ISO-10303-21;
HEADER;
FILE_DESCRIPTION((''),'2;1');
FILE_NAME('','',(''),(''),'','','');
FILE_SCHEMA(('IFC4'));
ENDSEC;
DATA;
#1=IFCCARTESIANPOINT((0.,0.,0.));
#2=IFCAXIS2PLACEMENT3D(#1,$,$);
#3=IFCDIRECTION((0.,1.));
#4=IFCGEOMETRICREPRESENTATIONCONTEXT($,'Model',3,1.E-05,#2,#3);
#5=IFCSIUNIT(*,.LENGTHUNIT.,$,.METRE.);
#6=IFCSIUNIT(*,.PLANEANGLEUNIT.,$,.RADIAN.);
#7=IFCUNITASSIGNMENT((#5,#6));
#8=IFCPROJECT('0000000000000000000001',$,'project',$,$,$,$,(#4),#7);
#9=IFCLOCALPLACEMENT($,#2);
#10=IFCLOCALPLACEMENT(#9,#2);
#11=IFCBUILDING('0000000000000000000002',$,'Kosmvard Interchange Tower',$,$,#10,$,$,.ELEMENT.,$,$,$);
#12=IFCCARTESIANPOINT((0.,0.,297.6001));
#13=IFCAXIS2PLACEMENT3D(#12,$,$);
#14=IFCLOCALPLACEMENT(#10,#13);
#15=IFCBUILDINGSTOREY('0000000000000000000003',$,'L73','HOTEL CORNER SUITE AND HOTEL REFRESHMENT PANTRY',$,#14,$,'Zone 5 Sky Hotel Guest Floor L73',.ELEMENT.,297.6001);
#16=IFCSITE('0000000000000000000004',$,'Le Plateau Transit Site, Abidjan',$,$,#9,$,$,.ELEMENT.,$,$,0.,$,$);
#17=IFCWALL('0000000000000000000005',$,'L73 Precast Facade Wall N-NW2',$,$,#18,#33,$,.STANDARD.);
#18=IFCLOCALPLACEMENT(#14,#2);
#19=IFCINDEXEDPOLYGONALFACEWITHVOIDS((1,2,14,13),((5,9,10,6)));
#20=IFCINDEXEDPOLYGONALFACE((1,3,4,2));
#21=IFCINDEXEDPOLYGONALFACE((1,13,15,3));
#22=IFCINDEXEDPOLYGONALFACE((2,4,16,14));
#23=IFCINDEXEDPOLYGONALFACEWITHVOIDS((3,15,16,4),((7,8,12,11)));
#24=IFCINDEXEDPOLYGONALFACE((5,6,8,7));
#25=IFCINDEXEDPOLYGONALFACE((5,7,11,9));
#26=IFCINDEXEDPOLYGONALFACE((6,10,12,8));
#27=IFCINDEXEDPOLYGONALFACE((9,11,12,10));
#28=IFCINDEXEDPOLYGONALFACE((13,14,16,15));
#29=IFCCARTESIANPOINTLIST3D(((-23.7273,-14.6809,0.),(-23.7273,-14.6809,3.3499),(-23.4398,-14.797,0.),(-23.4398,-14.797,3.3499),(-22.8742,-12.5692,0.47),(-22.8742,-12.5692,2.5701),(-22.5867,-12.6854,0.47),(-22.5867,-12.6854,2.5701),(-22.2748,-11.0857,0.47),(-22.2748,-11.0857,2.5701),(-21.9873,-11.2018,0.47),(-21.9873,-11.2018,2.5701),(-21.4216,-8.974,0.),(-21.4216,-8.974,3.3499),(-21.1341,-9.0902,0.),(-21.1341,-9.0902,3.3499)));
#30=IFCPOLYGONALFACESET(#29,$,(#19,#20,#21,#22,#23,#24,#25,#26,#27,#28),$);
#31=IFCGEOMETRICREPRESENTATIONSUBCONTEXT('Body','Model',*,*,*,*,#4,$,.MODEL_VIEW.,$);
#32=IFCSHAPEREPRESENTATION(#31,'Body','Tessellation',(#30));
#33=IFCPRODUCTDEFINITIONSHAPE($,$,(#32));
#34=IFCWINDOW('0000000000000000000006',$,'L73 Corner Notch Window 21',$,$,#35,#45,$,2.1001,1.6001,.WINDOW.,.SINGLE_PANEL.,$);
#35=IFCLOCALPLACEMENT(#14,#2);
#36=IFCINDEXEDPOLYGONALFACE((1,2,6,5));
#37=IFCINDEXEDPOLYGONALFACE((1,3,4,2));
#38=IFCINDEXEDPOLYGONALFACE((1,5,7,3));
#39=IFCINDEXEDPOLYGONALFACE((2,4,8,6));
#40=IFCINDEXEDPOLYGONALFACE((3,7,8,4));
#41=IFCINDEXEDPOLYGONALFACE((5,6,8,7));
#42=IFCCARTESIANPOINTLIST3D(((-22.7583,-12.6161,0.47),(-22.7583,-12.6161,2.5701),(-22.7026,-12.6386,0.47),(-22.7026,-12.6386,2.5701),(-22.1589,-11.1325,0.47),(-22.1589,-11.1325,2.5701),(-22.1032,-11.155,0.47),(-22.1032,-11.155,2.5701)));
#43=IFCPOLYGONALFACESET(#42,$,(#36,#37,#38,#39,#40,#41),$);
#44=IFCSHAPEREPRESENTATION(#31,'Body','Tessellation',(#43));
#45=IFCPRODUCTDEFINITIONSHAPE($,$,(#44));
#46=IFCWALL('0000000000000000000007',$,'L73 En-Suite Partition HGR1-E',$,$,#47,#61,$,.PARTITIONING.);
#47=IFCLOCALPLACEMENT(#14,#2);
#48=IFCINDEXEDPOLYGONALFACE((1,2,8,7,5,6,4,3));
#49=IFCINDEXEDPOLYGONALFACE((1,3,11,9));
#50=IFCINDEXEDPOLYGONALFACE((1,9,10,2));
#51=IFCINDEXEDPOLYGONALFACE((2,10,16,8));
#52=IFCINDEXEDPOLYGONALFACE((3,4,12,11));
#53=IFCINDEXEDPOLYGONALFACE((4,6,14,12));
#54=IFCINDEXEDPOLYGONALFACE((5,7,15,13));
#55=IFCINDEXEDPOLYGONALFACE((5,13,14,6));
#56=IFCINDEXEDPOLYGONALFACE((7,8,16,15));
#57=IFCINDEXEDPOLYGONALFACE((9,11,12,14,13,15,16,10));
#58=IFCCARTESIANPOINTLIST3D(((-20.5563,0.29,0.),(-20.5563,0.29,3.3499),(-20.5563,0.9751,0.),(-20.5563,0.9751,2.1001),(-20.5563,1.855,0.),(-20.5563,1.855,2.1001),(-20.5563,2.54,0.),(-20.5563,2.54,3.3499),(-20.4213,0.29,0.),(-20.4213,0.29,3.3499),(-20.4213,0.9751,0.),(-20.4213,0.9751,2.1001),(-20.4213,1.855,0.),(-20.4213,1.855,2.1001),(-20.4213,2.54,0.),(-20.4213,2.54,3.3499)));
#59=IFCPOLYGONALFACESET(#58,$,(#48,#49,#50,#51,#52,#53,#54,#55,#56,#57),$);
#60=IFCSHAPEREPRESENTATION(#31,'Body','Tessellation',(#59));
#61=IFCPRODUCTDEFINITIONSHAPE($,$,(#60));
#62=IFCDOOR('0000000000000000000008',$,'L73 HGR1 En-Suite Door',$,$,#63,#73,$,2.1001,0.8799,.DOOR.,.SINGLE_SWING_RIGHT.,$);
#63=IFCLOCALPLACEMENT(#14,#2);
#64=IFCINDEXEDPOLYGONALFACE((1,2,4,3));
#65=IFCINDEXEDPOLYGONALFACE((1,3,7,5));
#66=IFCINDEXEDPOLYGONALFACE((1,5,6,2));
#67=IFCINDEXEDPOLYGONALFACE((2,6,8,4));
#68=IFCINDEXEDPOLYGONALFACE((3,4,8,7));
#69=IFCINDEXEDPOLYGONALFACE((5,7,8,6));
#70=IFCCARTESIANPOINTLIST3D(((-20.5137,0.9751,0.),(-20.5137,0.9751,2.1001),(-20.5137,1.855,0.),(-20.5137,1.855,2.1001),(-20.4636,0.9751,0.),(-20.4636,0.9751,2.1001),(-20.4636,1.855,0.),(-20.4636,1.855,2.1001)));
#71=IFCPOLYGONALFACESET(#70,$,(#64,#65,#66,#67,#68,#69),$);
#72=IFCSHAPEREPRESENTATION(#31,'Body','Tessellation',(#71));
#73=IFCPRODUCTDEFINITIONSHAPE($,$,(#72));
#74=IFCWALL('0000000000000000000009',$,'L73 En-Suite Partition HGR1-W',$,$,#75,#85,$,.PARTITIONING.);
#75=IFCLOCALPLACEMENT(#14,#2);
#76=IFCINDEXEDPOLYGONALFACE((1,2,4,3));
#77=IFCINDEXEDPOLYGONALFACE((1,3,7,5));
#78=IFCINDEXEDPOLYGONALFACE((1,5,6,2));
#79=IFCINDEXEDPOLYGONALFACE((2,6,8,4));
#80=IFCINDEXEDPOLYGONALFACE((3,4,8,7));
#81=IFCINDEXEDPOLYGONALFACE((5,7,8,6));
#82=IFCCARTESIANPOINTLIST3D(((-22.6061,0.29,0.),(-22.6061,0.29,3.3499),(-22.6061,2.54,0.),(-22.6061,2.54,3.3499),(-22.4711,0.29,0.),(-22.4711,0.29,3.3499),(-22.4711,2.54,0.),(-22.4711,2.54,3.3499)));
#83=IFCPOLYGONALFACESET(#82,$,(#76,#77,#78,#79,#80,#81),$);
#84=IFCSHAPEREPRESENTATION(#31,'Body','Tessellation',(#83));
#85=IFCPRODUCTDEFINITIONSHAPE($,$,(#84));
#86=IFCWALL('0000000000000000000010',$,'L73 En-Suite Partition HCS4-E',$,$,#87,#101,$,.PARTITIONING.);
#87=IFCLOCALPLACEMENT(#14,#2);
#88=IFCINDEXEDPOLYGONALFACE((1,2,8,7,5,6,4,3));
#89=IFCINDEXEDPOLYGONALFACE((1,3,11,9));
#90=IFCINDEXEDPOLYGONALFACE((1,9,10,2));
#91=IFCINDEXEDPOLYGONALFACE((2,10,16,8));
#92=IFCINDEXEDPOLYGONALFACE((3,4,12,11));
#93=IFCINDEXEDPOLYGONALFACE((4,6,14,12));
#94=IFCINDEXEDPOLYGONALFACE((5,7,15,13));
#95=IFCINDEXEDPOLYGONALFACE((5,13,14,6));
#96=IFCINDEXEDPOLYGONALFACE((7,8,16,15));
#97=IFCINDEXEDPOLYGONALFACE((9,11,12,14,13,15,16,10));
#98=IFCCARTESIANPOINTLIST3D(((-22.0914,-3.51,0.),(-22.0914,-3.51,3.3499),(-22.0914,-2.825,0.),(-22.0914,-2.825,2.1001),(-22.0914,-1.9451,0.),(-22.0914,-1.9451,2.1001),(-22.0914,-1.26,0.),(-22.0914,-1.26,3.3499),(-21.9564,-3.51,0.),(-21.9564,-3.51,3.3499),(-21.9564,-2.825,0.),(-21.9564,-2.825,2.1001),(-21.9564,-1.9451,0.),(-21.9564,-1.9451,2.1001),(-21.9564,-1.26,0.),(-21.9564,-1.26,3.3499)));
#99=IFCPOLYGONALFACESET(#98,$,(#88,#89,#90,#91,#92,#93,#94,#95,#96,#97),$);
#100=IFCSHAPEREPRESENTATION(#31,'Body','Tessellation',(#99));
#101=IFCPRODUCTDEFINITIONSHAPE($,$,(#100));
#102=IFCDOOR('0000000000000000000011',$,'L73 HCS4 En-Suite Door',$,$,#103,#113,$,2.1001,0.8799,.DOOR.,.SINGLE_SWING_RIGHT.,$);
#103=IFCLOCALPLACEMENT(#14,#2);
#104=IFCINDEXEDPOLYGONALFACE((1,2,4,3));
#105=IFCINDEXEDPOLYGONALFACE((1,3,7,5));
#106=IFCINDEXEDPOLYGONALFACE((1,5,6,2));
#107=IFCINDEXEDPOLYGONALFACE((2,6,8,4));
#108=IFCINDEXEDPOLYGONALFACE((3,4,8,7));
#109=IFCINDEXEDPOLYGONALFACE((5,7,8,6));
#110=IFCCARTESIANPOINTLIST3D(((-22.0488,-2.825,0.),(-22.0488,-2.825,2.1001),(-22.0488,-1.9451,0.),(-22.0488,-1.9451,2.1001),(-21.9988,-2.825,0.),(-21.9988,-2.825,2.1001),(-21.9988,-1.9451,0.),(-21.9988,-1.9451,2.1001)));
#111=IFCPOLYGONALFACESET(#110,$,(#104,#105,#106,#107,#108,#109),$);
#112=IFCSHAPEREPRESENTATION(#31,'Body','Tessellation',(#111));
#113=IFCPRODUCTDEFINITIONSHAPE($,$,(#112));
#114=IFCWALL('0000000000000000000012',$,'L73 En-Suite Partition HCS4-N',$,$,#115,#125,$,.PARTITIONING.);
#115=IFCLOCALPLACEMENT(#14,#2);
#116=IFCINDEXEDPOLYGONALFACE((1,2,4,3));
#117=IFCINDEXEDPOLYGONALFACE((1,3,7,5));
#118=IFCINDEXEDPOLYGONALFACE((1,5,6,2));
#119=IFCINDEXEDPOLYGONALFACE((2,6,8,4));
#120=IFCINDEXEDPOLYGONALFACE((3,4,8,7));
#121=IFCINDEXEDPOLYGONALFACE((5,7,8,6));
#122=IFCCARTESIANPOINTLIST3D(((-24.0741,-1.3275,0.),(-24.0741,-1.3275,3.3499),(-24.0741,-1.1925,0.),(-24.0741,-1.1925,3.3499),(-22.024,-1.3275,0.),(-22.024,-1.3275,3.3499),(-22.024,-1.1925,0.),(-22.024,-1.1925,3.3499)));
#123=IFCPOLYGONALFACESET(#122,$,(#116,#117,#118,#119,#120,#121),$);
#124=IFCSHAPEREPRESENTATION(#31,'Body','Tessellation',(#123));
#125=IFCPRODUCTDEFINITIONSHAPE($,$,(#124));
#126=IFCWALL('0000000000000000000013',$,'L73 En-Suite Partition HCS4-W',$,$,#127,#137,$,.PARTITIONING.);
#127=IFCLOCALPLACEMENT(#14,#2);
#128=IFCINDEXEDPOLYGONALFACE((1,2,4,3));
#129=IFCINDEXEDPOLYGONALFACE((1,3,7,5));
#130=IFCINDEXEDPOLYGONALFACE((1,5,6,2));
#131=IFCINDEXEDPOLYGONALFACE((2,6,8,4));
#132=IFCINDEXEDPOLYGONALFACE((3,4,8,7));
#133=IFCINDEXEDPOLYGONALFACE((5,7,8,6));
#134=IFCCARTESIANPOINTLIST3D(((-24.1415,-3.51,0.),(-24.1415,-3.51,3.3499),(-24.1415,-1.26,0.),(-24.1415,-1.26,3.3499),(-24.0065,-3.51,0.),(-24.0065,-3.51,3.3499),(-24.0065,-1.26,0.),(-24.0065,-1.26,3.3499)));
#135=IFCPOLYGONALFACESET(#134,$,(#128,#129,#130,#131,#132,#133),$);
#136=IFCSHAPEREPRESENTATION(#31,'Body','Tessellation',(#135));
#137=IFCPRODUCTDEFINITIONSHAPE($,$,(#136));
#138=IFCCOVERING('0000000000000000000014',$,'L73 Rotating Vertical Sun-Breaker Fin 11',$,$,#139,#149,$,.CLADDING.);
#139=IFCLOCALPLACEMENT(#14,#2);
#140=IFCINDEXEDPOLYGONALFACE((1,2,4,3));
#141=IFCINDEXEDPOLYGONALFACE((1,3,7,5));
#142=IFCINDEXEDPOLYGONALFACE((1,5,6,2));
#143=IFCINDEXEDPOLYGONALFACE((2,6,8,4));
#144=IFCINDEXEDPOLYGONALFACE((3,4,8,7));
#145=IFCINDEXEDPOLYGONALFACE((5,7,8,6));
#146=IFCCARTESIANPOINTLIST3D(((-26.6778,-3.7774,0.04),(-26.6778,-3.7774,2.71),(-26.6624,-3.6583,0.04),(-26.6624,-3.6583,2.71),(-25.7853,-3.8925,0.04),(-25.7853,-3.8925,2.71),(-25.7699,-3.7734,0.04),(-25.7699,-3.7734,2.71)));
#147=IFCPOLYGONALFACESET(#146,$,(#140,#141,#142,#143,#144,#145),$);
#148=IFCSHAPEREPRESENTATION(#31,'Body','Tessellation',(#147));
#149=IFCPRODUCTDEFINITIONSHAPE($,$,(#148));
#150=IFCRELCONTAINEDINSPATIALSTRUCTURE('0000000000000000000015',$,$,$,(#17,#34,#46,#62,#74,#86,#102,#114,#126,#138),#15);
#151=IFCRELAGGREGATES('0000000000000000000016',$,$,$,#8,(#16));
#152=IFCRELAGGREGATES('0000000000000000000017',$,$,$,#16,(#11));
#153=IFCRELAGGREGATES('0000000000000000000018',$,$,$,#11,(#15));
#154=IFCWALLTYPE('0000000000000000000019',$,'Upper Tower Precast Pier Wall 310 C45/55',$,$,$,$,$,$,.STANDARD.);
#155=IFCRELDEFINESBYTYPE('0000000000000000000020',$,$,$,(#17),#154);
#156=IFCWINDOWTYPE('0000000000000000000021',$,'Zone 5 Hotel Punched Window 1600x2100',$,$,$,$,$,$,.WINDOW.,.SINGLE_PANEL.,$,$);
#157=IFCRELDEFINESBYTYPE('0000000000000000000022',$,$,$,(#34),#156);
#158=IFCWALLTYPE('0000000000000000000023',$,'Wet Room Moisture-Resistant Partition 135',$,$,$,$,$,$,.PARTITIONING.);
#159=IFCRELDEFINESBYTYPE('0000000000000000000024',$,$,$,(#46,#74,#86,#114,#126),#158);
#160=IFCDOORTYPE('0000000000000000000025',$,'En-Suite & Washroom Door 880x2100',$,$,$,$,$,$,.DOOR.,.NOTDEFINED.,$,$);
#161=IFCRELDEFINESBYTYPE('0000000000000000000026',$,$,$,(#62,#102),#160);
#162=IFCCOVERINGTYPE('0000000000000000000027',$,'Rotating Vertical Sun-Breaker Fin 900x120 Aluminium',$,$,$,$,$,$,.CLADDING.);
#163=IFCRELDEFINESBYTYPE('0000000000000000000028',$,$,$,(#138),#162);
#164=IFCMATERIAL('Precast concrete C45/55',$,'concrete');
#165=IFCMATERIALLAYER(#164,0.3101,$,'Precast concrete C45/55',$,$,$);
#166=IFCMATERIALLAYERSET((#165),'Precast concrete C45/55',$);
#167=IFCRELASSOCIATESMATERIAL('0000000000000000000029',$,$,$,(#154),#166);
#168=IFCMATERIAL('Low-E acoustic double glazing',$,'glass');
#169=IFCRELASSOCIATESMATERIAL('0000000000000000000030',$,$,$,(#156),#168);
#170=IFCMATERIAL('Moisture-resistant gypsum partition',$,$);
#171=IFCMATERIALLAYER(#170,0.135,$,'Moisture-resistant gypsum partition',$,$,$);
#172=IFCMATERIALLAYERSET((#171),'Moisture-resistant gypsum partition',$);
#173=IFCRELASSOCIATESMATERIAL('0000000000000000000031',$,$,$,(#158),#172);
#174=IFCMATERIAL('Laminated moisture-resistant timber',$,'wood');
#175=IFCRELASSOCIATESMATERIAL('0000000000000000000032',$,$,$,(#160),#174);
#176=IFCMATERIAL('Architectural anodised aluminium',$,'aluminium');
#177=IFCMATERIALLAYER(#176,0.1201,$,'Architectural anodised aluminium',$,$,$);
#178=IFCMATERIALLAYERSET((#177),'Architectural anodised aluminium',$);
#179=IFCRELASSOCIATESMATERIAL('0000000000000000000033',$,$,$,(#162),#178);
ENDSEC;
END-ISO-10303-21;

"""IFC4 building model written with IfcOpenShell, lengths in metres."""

from ifc_helpers import new_model, si_unit, direction, frame, frame_2d, origin, origin_2d, place, context, subcontext, project, spatial, rectangle, extrude, source, transform, mapped, material, layer, layer_set, type_object, element, fill, save


model = new_model("IFC4")

# Units and contexts
model_context = context("Model", 3, precision=1e-05, world=origin(), true_north=direction((0.0, 1.0)))
body_context = subcontext(model_context, "Body", "Model", "MODEL_VIEW")
ifc_project = project(units=[si_unit("LENGTHUNIT", "METRE"), si_unit("PLANEANGLEUNIT", "RADIAN")], contexts=[model_context])

# Site, building, storey
site_placement = place(None, origin())
site = spatial("IfcSite", under=ifc_project, at=site_placement, Name="Le Plateau Transit Site, Abidjan", CompositionType="ELEMENT", RefElevation=0.0)
building_placement = place(site_placement, origin())
building = spatial("IfcBuilding", under=site, at=building_placement, Name="Kosmvard Interchange Tower", CompositionType="ELEMENT")
storey_placement = place(building_placement, frame((0.0, 0.0, 297.6001)))
storey = spatial("IfcBuildingStorey", under=building, at=storey_placement, Name="L73", Description="HOTEL CORNER SUITE AND HOTEL REFRESHMENT PANTRY", LongName="Zone 5 Sky Hotel Guest Floor L73", CompositionType="ELEMENT", Elevation=297.6001)

# Shared definitions
ifc_material_1 = material(Name="Precast concrete C45/55", Category="concrete")

# Shared definitions
ifc_layer_1 = layer(ifc_material_1, 0.3101, Name="Precast concrete C45/55")
ifc_layer_set_1 = layer_set([ifc_layer_1], Name="Precast concrete C45/55")
wall_type_1 = type_object("IfcWallType", Name="Upper Tower Precast Pier Wall 310 C45/55", PredefinedType="STANDARD", material=ifc_layer_set_1)

# Wall, opening, window
wall_1_placement = place(storey_placement, frame((-21.2778, -9.032, 0.0), z_axis=(0.0, 0.0, 1.0), x_axis=(-0.374603, -0.927185, 0.0)))
wall_1 = element("IfcWall", 1, at=wall_1_placement, inside=storey, type_object=wall_type_1, Name="L73 Precast Facade Wall N-NW2", PredefinedType="STANDARD", context=body_context, shape_type="SweptSolid", body=[
    extrude(rectangle(XDim=6.155, YDim=0.3101, at=frame_2d((3.0776, 0.0))), origin(), (0.0, 0.0, 1.0), 3.3499),
])
opening_1_placement = place(wall_1_placement, frame((2.2776, 0.0, 0.47)))
opening_1 = element("IfcOpeningElement", 2, at=opening_1_placement, cuts=wall_1, PredefinedType="OPENING", context=body_context, shape_type="SweptSolid", body=[
    extrude(rectangle(XDim=1.6001, YDim=2.1001, at=frame_2d((0.8, 1.05))), frame((0.0, 0.165, 0.0), z_axis=(0.0, -1.0, 0.0), x_axis=(1.0, 0.0, 0.0)), (0.0, 0.0, 1.0), 0.3301),
])
ifc_material_2 = material(Name="Low-E acoustic double glazing", Category="glass")
window_type = type_object("IfcWindowType", Name="Zone 5 Hotel Punched Window 1600x2100", PartitioningType="SINGLE_PANEL", PredefinedType="WINDOW", material=ifc_material_2)
shared_shape_1 = source(origin(), body_context, "Body", "SweptSolid", [
    extrude(rectangle(XDim=1.6001, YDim=2.1001, at=frame_2d((0.8, 1.05))), frame((0.0, 0.03, 0.0), z_axis=(0.0, -1.0, 0.0), x_axis=(1.0, 0.0, 0.0)), (0.0, 0.0, 1.0), 0.0601),
])
window_placement = place(opening_1_placement, origin())
window = element("IfcWindow", 3, at=window_placement, inside=storey, type_object=window_type, Name="L73 Corner Notch Window 21", OverallHeight=2.1001, OverallWidth=1.6001, PartitioningType="SINGLE_PANEL", PredefinedType="WINDOW", context=body_context, shape_type="MappedRepresentation", body=[
    mapped(shared_shape_1, transform((0.0, 0.0, 0.0), scale=1.0)),
])
fill(opening_1, window)

# Wall, opening, door
ifc_material_3 = material(Name="Moisture-resistant gypsum partition")
ifc_layer_2 = layer(ifc_material_3, 0.135, Name="Moisture-resistant gypsum partition")
ifc_layer_set_2 = layer_set([ifc_layer_2], Name="Moisture-resistant gypsum partition")
wall_type_2 = type_object("IfcWallType", Name="Wet Room Moisture-Resistant Partition 135", PredefinedType="PARTITIONING", material=ifc_layer_set_2)
wall_2_placement = place(storey_placement, frame((-20.4888, 0.29, 0.0), z_axis=(0.0, 0.0, 1.0), x_axis=(0.0, 1.0, 0.0)))
wall_2 = element("IfcWall", 4, at=wall_2_placement, inside=storey, type_object=wall_type_2, Name="L73 En-Suite Partition HGR1-E", PredefinedType="PARTITIONING", context=body_context, shape_type="SweptSolid", body=[
    extrude(rectangle(XDim=2.25, YDim=0.135, at=frame_2d((1.125, 0.0))), origin(), (0.0, 0.0, 1.0), 3.3499),
])
opening_2_placement = place(wall_2_placement, frame((0.6851, 0.0, 0.0)))
opening_2 = element("IfcOpeningElement", 5, at=opening_2_placement, cuts=wall_2, PredefinedType="OPENING", context=body_context, shape_type="SweptSolid", body=[
    extrude(rectangle(XDim=0.8799, YDim=2.1001, at=frame_2d((0.4399, 1.05))), frame((0.0, 0.0776, 0.0), z_axis=(0.0, -1.0, 0.0), x_axis=(1.0, 0.0, 0.0)), (0.0, 0.0, 1.0), 0.155),
])
ifc_material_4 = material(Name="Laminated moisture-resistant timber", Category="wood")
door_type = type_object("IfcDoorType", Name="En-Suite & Washroom Door 880x2100", OperationType="NOTDEFINED", PredefinedType="DOOR", material=ifc_material_4)
shared_shape_2 = source(origin(), body_context, "Body", "SweptSolid", [
    extrude(rectangle(XDim=0.8799, YDim=2.1001, at=frame_2d((0.4399, 1.05))), frame((0.0, 0.0249, 0.0), z_axis=(0.0, -1.0, 0.0), x_axis=(1.0, 0.0, 0.0)), (0.0, 0.0, 1.0), 0.05),
])
door_1_placement = place(opening_2_placement, origin())
door_1 = element("IfcDoor", 6, at=door_1_placement, inside=storey, type_object=door_type, Name="L73 HGR1 En-Suite Door", OperationType="SINGLE_SWING_RIGHT", OverallHeight=2.1001, OverallWidth=0.8799, PredefinedType="DOOR", context=body_context, shape_type="MappedRepresentation", body=[
    mapped(shared_shape_2, transform((0.0, 0.0, 0.0), scale=1.0)),
])
fill(opening_2, door_1)

# Wall
wall_3_placement = place(storey_placement, frame((-22.5386, 0.29, 0.0), z_axis=(0.0, 0.0, 1.0), x_axis=(0.0, 1.0, 0.0)))
element("IfcWall", 7, at=wall_3_placement, inside=storey, type_object=wall_type_2, Name="L73 En-Suite Partition HGR1-W", PredefinedType="PARTITIONING", context=body_context, shape_type="SweptSolid", body=[
    extrude(rectangle(XDim=2.25, YDim=0.135, at=frame_2d((1.125, 0.0))), origin(), (0.0, 0.0, 1.0), 3.3499),
])

# Wall, opening, door
wall_4_placement = place(storey_placement, frame((-22.0239, -3.51, 0.0), z_axis=(0.0, 0.0, 1.0), x_axis=(0.0, 1.0, 0.0)))
wall_4 = element("IfcWall", 8, at=wall_4_placement, inside=storey, type_object=wall_type_2, Name="L73 En-Suite Partition HCS4-E", PredefinedType="PARTITIONING", context=body_context, shape_type="SweptSolid", body=[
    extrude(rectangle(XDim=2.25, YDim=0.135, at=frame_2d((1.125, 0.0))), origin(), (0.0, 0.0, 1.0), 3.3499),
])
opening_3_placement = place(wall_4_placement, frame((0.6851, 0.0, 0.0)))
opening_3 = element("IfcOpeningElement", 9, at=opening_3_placement, cuts=wall_4, PredefinedType="OPENING", context=body_context, shape_type="SweptSolid", body=[
    extrude(rectangle(XDim=0.8799, YDim=2.1001, at=frame_2d((0.4399, 1.05))), frame((0.0, 0.0776, 0.0), z_axis=(0.0, -1.0, 0.0), x_axis=(1.0, 0.0, 0.0)), (0.0, 0.0, 1.0), 0.155),
])
door_2_placement = place(opening_3_placement, origin())
door_2 = element("IfcDoor", 10, at=door_2_placement, inside=storey, type_object=door_type, Name="L73 HCS4 En-Suite Door", OperationType="SINGLE_SWING_RIGHT", OverallHeight=2.1001, OverallWidth=0.8799, PredefinedType="DOOR", context=body_context, shape_type="MappedRepresentation", body=[
    mapped(shared_shape_2, transform((0.0, 0.0, 0.0), scale=1.0)),
])
fill(opening_3, door_2)

# Walls
wall_5_placement = place(storey_placement, frame((-24.074, -1.26, 0.0), z_axis=(0.0, 0.0, 1.0), x_axis=(1.0, 0.0, 0.0)))
element("IfcWall", 11, at=wall_5_placement, inside=storey, type_object=wall_type_2, Name="L73 En-Suite Partition HCS4-N", PredefinedType="PARTITIONING", context=body_context, shape_type="SweptSolid", body=[
    extrude(rectangle(XDim=2.05, YDim=0.135, at=frame_2d((1.0249, 0.0))), origin(), (0.0, 0.0, 1.0), 3.3499),
])
wall_6_placement = place(storey_placement, frame((-24.074, -3.51, 0.0), z_axis=(0.0, 0.0, 1.0), x_axis=(0.0, 1.0, 0.0)))
element("IfcWall", 12, at=wall_6_placement, inside=storey, type_object=wall_type_2, Name="L73 En-Suite Partition HCS4-W", PredefinedType="PARTITIONING", context=body_context, shape_type="SweptSolid", body=[
    extrude(rectangle(XDim=2.25, YDim=0.135, at=frame_2d((1.125, 0.0))), origin(), (0.0, 0.0, 1.0), 3.3499),
])

# Covering
ifc_material_5 = material(Name="Architectural anodised aluminium", Category="aluminium")
ifc_layer_3 = layer(ifc_material_5, 0.1201, Name="Architectural anodised aluminium")
ifc_layer_set_3 = layer_set([ifc_layer_3], Name="Architectural anodised aluminium")
covering_type = type_object("IfcCoveringType", Name="Rotating Vertical Sun-Breaker Fin 900x120 Aluminium", PredefinedType="CLADDING", material=ifc_layer_set_3)
shared_shape_3 = source(origin(), body_context, "Body", "SweptSolid", [
    extrude(rectangle(XDim=0.8999, YDim=0.1201, at=origin_2d()), origin(), (0.0, 0.0, 1.0), 2.6699),
])
covering_placement = place(storey_placement, frame((-26.2239, -3.7754, 0.04), z_axis=(0.0, 0.0, 1.0), x_axis=(-0.991783, 0.12793, 0.0)))
element("IfcCovering", 13, at=covering_placement, inside=storey, type_object=covering_type, Name="L73 Rotating Vertical Sun-Breaker Fin 11", PredefinedType="CLADDING", context=body_context, shape_type="MappedRepresentation", body=[
    mapped(shared_shape_3, transform((0.0, 0.0, 0.0), scale=1.0)),
])

save(model, "model.ifc")
